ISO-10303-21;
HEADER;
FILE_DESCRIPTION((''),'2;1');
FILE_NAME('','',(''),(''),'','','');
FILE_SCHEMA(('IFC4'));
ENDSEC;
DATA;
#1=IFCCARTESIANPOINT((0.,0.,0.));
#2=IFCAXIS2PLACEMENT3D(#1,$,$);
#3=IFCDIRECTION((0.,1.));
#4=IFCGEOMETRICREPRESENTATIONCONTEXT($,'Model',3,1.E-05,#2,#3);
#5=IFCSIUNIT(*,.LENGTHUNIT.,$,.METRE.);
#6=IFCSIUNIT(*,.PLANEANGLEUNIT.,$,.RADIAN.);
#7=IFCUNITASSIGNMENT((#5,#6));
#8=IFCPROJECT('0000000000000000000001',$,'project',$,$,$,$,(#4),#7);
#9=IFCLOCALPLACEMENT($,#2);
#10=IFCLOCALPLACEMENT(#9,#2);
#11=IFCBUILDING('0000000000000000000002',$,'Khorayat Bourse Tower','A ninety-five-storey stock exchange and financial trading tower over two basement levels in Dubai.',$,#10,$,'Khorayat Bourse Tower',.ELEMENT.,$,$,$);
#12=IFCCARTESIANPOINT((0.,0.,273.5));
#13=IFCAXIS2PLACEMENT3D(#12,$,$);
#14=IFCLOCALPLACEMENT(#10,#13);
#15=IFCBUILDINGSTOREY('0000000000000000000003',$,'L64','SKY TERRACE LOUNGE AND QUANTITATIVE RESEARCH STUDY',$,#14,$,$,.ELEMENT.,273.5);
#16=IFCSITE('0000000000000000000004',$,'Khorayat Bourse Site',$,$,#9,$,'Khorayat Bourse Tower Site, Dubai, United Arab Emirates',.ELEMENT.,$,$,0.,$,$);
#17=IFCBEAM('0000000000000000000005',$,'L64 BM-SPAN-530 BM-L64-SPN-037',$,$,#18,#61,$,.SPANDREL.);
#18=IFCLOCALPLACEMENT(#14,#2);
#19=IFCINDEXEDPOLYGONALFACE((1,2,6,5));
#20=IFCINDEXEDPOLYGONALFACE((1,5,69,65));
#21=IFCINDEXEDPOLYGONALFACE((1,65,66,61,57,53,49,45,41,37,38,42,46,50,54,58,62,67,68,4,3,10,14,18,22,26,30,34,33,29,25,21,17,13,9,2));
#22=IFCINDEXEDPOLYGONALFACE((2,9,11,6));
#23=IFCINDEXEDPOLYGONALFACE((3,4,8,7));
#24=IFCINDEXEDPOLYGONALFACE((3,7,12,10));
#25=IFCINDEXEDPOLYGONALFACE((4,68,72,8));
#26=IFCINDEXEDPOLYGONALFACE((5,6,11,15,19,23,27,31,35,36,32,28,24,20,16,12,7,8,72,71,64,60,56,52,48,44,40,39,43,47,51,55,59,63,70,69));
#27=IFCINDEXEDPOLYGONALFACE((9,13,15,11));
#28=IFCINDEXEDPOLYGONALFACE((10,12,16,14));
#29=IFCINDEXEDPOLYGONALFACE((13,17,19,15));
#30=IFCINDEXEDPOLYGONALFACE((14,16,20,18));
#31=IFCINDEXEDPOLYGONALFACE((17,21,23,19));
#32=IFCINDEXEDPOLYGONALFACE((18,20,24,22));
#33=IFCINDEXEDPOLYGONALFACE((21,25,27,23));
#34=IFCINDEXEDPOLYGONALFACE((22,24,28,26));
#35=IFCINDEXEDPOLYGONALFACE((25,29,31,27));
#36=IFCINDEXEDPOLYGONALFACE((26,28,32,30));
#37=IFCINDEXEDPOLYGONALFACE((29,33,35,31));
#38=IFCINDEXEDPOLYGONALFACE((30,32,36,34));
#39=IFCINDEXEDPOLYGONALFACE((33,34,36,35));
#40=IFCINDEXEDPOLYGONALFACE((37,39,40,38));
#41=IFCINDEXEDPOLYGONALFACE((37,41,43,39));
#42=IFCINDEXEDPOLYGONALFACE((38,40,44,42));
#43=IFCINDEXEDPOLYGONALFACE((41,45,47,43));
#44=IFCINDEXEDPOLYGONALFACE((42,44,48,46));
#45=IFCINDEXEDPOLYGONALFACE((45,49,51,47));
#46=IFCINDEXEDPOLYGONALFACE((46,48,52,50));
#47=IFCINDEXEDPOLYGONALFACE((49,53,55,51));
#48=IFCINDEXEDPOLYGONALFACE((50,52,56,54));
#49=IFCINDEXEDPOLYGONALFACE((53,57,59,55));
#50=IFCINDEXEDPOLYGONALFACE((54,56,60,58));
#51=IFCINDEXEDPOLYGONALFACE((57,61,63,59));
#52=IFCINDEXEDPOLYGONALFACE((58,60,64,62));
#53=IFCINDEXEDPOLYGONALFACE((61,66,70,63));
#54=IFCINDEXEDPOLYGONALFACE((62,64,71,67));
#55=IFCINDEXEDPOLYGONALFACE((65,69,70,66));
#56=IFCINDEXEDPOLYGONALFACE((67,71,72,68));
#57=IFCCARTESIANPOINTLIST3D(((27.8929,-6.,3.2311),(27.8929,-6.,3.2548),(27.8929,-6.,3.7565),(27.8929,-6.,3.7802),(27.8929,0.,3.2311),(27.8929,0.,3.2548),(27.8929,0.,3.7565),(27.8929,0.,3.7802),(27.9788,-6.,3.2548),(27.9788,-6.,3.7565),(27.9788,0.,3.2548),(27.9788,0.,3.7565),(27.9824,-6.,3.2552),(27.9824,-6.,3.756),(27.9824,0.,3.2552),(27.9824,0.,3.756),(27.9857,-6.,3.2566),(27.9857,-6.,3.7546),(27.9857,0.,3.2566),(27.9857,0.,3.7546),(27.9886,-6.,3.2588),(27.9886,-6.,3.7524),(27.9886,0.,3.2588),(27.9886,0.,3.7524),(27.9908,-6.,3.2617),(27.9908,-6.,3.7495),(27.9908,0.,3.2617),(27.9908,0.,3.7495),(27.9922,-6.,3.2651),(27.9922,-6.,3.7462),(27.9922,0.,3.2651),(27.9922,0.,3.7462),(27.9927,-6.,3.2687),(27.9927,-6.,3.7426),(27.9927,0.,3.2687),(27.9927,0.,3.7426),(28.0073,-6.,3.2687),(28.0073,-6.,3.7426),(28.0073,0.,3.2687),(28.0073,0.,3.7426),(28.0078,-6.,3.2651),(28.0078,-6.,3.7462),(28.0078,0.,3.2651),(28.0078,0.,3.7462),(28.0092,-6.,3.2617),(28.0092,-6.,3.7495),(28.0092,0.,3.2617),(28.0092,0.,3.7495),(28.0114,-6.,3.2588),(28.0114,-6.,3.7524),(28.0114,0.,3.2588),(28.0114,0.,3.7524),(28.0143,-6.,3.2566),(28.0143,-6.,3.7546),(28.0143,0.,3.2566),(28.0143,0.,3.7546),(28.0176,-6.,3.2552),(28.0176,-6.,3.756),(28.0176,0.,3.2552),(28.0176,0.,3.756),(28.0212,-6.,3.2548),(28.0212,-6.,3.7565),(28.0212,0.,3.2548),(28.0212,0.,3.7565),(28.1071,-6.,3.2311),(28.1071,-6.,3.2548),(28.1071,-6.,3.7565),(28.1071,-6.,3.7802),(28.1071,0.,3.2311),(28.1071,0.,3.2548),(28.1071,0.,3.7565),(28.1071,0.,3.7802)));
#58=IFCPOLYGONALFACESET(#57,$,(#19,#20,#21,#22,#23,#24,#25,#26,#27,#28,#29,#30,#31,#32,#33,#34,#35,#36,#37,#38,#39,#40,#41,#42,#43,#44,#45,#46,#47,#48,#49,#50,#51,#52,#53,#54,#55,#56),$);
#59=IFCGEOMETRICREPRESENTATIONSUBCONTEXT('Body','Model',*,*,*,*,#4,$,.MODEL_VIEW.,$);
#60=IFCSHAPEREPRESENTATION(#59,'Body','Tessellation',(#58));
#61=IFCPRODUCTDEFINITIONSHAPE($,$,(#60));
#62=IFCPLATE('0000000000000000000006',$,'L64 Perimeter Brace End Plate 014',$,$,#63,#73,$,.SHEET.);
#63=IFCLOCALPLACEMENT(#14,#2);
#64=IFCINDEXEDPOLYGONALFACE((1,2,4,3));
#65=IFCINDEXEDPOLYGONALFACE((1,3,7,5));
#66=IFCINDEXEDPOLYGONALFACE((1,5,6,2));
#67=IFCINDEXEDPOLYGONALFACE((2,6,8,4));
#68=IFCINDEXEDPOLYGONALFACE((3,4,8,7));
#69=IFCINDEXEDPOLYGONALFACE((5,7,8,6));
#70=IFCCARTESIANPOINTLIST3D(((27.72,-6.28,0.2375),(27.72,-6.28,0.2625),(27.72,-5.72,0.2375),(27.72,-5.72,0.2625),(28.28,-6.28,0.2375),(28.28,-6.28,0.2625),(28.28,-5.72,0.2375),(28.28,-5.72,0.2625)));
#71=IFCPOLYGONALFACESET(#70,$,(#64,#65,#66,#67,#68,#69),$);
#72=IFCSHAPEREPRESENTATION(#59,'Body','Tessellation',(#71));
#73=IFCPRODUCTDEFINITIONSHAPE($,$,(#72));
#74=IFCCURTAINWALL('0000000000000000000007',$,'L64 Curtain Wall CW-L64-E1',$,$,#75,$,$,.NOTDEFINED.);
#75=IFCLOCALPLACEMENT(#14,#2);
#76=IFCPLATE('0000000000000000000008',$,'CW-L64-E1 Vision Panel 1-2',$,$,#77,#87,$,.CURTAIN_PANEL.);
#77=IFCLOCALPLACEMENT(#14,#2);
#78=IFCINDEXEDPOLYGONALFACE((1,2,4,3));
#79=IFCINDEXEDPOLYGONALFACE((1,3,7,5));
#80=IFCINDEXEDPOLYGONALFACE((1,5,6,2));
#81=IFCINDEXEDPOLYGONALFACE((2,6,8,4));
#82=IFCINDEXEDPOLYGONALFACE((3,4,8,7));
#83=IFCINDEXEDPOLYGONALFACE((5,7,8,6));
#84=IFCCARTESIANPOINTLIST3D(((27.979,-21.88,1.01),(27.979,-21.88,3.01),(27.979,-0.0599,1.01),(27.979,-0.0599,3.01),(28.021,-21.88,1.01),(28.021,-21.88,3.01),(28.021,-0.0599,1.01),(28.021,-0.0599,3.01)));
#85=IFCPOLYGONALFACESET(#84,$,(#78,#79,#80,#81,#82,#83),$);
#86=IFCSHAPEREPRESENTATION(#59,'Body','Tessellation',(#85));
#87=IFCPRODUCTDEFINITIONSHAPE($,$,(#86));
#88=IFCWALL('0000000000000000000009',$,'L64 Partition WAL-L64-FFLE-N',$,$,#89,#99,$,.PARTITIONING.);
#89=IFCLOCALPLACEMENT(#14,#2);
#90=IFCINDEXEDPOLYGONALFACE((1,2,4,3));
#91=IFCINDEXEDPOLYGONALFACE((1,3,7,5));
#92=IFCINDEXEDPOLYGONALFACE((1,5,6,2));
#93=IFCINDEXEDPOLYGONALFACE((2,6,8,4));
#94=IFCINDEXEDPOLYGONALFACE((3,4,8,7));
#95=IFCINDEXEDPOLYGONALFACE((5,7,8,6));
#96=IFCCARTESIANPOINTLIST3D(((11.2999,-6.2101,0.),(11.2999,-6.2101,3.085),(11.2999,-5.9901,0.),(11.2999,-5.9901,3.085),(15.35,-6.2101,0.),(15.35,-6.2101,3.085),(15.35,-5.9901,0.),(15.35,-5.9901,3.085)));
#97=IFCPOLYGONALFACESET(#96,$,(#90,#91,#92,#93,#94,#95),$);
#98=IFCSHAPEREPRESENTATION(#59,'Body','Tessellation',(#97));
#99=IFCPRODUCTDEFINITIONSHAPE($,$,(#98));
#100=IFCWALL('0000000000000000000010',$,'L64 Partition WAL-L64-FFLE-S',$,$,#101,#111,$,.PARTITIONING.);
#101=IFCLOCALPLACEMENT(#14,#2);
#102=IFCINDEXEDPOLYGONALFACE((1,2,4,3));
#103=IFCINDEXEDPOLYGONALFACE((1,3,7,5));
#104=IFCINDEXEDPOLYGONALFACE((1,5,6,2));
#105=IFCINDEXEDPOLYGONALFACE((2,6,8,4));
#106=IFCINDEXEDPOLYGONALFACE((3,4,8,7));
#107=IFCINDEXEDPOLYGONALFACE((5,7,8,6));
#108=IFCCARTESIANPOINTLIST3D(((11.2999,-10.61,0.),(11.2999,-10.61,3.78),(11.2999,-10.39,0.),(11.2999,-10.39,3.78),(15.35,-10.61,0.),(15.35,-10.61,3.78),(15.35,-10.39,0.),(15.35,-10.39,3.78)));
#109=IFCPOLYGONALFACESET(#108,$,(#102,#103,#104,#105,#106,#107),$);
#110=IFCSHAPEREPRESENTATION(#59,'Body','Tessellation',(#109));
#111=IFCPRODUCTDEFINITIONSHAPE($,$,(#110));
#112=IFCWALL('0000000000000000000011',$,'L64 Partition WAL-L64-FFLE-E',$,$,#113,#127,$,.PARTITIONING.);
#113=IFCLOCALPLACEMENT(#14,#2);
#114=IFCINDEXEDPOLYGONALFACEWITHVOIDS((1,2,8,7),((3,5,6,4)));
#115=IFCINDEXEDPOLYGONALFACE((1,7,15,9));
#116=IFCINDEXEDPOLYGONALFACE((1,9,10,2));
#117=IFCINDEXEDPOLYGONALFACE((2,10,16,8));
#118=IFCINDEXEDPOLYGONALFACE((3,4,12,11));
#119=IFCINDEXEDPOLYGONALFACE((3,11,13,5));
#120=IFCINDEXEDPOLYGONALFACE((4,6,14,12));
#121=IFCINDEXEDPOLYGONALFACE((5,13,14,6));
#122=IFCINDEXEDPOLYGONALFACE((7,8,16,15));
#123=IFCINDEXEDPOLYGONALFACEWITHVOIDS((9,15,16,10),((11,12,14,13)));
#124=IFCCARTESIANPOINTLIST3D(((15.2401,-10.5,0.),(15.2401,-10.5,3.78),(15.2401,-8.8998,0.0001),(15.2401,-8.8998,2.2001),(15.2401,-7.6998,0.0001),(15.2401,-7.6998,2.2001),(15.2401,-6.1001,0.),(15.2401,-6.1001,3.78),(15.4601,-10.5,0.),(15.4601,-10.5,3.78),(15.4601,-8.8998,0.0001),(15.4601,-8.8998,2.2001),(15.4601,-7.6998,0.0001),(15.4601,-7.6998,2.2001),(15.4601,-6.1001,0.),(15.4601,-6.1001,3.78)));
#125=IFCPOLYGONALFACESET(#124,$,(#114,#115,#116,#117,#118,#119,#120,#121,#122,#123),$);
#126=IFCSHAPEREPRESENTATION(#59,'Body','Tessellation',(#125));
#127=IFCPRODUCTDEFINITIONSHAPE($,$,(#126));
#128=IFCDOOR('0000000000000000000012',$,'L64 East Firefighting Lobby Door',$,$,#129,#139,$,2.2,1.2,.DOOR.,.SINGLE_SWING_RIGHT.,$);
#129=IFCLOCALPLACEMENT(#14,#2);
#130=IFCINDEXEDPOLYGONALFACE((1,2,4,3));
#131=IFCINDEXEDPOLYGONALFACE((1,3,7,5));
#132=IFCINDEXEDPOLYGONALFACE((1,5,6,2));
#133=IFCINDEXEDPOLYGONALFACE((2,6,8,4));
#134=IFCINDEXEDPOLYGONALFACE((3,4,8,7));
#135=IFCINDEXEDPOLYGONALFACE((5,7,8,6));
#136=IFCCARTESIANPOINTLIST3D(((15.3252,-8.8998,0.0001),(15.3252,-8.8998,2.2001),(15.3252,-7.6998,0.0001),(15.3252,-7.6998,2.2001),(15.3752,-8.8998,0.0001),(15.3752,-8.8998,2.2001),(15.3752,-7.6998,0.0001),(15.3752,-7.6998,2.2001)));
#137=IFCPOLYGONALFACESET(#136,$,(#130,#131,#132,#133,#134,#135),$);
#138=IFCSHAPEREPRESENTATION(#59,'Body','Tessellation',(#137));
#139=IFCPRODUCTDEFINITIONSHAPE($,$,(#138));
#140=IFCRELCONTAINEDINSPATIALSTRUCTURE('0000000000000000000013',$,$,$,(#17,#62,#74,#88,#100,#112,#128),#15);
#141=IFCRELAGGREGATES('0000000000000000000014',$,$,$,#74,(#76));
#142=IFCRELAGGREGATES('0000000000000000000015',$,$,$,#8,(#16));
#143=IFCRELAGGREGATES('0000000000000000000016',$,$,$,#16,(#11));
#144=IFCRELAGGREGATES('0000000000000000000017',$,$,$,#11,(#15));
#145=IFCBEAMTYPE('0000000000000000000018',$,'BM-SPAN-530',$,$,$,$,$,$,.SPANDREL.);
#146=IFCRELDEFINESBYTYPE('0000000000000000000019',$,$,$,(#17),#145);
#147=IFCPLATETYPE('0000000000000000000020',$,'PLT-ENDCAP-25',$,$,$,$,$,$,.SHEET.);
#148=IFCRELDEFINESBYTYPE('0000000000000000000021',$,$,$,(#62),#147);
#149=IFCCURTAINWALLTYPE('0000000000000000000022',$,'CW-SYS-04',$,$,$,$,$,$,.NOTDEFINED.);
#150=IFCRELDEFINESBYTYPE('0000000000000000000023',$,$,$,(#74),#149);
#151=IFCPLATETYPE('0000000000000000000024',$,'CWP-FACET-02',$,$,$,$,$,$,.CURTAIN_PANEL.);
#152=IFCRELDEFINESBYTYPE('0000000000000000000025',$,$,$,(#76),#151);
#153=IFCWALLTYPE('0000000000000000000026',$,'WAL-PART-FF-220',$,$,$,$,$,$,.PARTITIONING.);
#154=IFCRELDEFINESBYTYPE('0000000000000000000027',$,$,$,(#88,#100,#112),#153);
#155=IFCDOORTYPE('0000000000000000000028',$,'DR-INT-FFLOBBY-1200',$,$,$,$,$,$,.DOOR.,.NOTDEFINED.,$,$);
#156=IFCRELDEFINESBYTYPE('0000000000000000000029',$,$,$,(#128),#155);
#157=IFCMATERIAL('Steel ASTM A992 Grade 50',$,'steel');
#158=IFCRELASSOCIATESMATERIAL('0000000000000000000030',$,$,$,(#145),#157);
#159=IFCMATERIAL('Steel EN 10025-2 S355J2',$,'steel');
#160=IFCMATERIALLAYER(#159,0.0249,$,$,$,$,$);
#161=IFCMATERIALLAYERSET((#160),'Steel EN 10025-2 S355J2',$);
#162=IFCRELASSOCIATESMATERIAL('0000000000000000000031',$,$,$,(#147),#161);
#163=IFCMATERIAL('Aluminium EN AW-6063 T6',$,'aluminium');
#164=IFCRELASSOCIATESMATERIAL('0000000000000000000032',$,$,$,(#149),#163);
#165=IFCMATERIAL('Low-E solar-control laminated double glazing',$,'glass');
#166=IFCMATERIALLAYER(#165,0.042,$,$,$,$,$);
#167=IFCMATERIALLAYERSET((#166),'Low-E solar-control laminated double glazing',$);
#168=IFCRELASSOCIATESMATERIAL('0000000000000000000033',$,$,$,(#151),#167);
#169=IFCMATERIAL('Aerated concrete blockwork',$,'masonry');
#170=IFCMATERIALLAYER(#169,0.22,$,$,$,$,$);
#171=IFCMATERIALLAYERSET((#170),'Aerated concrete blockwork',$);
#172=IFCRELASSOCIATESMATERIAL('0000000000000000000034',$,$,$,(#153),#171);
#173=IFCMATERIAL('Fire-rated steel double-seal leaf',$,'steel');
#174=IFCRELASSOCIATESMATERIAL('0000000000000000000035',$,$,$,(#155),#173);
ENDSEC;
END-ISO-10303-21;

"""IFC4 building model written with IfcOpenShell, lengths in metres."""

from ifc_helpers import new_model, si_unit, direction, frame, frame_2d, origin, origin_2d, place, context, subcontext, project, spatial, rectangle, i_section, extrude, source, transform, mapped, material, layer, layer_set, material_profile, profile_set, type_object, element, fill, aggregate, save


model = new_model("IFC4")

# Units and contexts
model_context = context("Model", 3, precision=1e-05, world=origin(), true_north=direction((0.0, 1.0)))
body_context = subcontext(model_context, "Body", "Model", "MODEL_VIEW")
ifc_project = project(units=[si_unit("LENGTHUNIT", "METRE"), si_unit("PLANEANGLEUNIT", "RADIAN")], contexts=[model_context])

# Site, building, storey
site_placement = place(None, origin())
site = spatial("IfcSite", under=ifc_project, at=site_placement, Name="Khorayat Bourse Site", LongName="Khorayat Bourse Tower Site, Dubai, United Arab Emirates", CompositionType="ELEMENT", RefElevation=0.0)
building_placement = place(site_placement, origin())
building = spatial("IfcBuilding", under=site, at=building_placement, Name="Khorayat Bourse Tower", Description="A ninety-five-storey stock exchange and financial trading tower over two basement levels in Dubai.", LongName="Khorayat Bourse Tower", CompositionType="ELEMENT")
storey_placement = place(building_placement, frame((0.0, 0.0, 273.5)))
storey = spatial("IfcBuildingStorey", under=building, at=storey_placement, Name="L64", Description="SKY TERRACE LOUNGE AND QUANTITATIVE RESEARCH STUDY", CompositionType="ELEMENT", Elevation=273.5)

# Beam
ifc_material_1 = material(Name="Steel ASTM A992 Grade 50", Category="steel")
ifc_material_profile_1 = material_profile(ifc_material_1, i_section(OverallWidth=0.2141, OverallDepth=0.5491, WebThickness=0.0146, FlangeThickness=0.0237, FilletRadius=0.0139, at=origin_2d()), Name="W530X138")
ifc_profile_set_1 = profile_set([ifc_material_profile_1], Name="Steel ASTM A992 Grade 50")
beam_type_1 = type_object("IfcBeamType", Name="BM-SPAN-530", PredefinedType="SPANDREL", material=ifc_profile_set_1)
shared_shape_1 = source(origin(), body_context, "Body", "SweptSolid", [
    extrude(i_section(OverallWidth=0.2141, OverallDepth=0.5491, WebThickness=0.0146, FlangeThickness=0.0237, FilletRadius=0.0139, at=origin_2d()), origin(), (0.0, 0.0, 1.0), 6.0),
])
beam_1_placement = place(storey_placement, frame((28.0, -6.0, 3.5056), z_axis=(0.0, 1.0, 0.0), x_axis=(-1.0, 0.0, 0.0)))
element("IfcBeam", 1, at=beam_1_placement, inside=storey, type_object=beam_type_1, Name="L64 BM-SPAN-530 BM-L64-SPN-037", PredefinedType="SPANDREL", context=body_context, shape_type="MappedRepresentation", body=[
    mapped(shared_shape_1, transform((0.0, 0.0, 0.0), scale=1.0)),
])

# Plate
ifc_material_2 = material(Name="Steel EN 10025-2 S355J2", Category="steel")
ifc_layer_1 = layer(ifc_material_2, 0.0249)
ifc_layer_set_1 = layer_set([ifc_layer_1], Name="Steel EN 10025-2 S355J2")
plate_type_1 = type_object("IfcPlateType", Name="PLT-ENDCAP-25", PredefinedType="SHEET", material=ifc_layer_set_1)
shared_shape_2 = source(origin(), body_context, "Body", "SweptSolid", [
    extrude(rectangle(XDim=0.5601, YDim=0.5601, at=origin_2d()), origin(), (0.0, 0.0, 1.0), 0.0249),
])
plate_1_placement = place(storey_placement, frame((28.0, -6.0, 0.2375), z_axis=(0.0, 0.0, 1.0), x_axis=(1.0, 0.0, 0.0)))
element("IfcPlate", 2, at=plate_1_placement, inside=storey, type_object=plate_type_1, Name="L64 Perimeter Brace End Plate 014", PredefinedType="SHEET", context=body_context, shape_type="MappedRepresentation", body=[
    mapped(shared_shape_2, transform((0.0, 0.0, 0.0), scale=1.0)),
])

# Curtain wall, plate
ifc_material_3 = material(Name="Aluminium EN AW-6063 T6", Category="aluminium")
curtain_wall_type = type_object("IfcCurtainWallType", Name="CW-SYS-04", PredefinedType="NOTDEFINED", material=ifc_material_3)
curtain_wall_placement = place(storey_placement, origin())
curtain_wall = element("IfcCurtainWall", 3, at=curtain_wall_placement, inside=storey, type_object=curtain_wall_type, Name="L64 Curtain Wall CW-L64-E1", PredefinedType="NOTDEFINED")
ifc_material_4 = material(Name="Low-E solar-control laminated double glazing", Category="glass")
ifc_layer_2 = layer(ifc_material_4, 0.042)
ifc_layer_set_2 = layer_set([ifc_layer_2], Name="Low-E solar-control laminated double glazing")
plate_type_2 = type_object("IfcPlateType", Name="CWP-FACET-02", PredefinedType="CURTAIN_PANEL", material=ifc_layer_set_2)
shared_shape_3 = source(origin(), body_context, "Body", "SweptSolid", [
    extrude(rectangle(XDim=21.8201, YDim=0.042, at=origin_2d()), origin(), (0.0, 0.0, 1.0), 2.0),
])
plate_2_placement = place(storey_placement, frame((28.0, -10.97, 1.01), z_axis=(0.0, 0.0, 1.0), x_axis=(0.0, 1.0, 0.0)))
plate_2 = element("IfcPlate", 4, at=plate_2_placement, type_object=plate_type_2, Name="CW-L64-E1 Vision Panel 1-2", PredefinedType="CURTAIN_PANEL", context=body_context, shape_type="MappedRepresentation", body=[
    mapped(shared_shape_3, transform((0.0, 0.0, 0.0), scale=1.0)),
])
aggregate(curtain_wall, [plate_2])

# Walls
ifc_material_5 = material(Name="Aerated concrete blockwork", Category="masonry")
ifc_layer_3 = layer(ifc_material_5, 0.22)
ifc_layer_set_3 = layer_set([ifc_layer_3], Name="Aerated concrete blockwork")
wall_type_1 = type_object("IfcWallType", Name="WAL-PART-FF-220", PredefinedType="PARTITIONING", material=ifc_layer_set_3)
shared_shape_4 = source(origin(), body_context, "Body", "SweptSolid", [
    extrude(rectangle(XDim=4.05, YDim=0.22, at=frame_2d((2.0249, 0.0))), origin(), (0.0, 0.0, 1.0), 3.085),
])
wall_1_placement = place(storey_placement, frame((11.3, -6.1001, 0.0), z_axis=(0.0, 0.0, 1.0), x_axis=(1.0, 0.0, 0.0)))
element("IfcWall", 5, at=wall_1_placement, inside=storey, type_object=wall_type_1, Name="L64 Partition WAL-L64-FFLE-N", PredefinedType="PARTITIONING", context=body_context, shape_type="MappedRepresentation", body=[
    mapped(shared_shape_4, transform((0.0, 0.0, 0.0), scale=1.0)),
])
shared_shape_5 = source(origin(), body_context, "Body", "SweptSolid", [
    extrude(rectangle(XDim=4.05, YDim=0.22, at=frame_2d((2.0249, 0.0))), origin(), (0.0, 0.0, 1.0), 3.78),
])
wall_2_placement = place(storey_placement, frame((11.3, -10.5, 0.0), z_axis=(0.0, 0.0, 1.0), x_axis=(1.0, 0.0, 0.0)))
element("IfcWall", 6, at=wall_2_placement, inside=storey, type_object=wall_type_1, Name="L64 Partition WAL-L64-FFLE-S", PredefinedType="PARTITIONING", context=body_context, shape_type="MappedRepresentation", body=[
    mapped(shared_shape_5, transform((0.0, 0.0, 0.0), scale=1.0)),
])

# Wall, opening, door
shared_shape_6 = source(origin(), body_context, "Body", "SweptSolid", [
    extrude(rectangle(XDim=4.3999, YDim=0.22, at=frame_2d((2.2, 0.0))), origin(), (0.0, 0.0, 1.0), 3.78),
])
wall_3_placement = place(storey_placement, frame((15.3501, -10.5, 0.0), z_axis=(0.0, 0.0, 1.0), x_axis=(0.0, 1.0, 0.0)))
wall_3 = element("IfcWall", 7, at=wall_3_placement, inside=storey, type_object=wall_type_1, Name="L64 Partition WAL-L64-FFLE-E", PredefinedType="PARTITIONING", context=body_context, shape_type="MappedRepresentation", body=[
    mapped(shared_shape_6, transform((0.0, 0.0, 0.0), scale=1.0)),
])
shared_shape_7 = source(origin(), body_context, "Body", "SweptSolid", [
    extrude(rectangle(XDim=1.2, YDim=2.2, at=frame_2d((0.6001, 1.1001))), frame((0.0, 0.1199, 0.0), z_axis=(0.0, -1.0, 0.0), x_axis=(1.0, 0.0, 0.0)), (0.0, 0.0, 1.0), 0.24),
])
opening_1_placement = place(wall_3_placement, frame((1.6001, 0.0, 0.0)))
opening_1 = element("IfcOpeningElement", 8, at=opening_1_placement, cuts=wall_3, PredefinedType="OPENING", context=body_context, shape_type="MappedRepresentation", body=[
    mapped(shared_shape_7, transform((0.0, 0.0, 0.0), scale=1.0)),
])
ifc_material_6 = material(Name="Fire-rated steel double-seal leaf", Category="steel")
door_type_1 = type_object("IfcDoorType", Name="DR-INT-FFLOBBY-1200", OperationType="NOTDEFINED", PredefinedType="DOOR", material=ifc_material_6)
shared_shape_8 = source(origin(), body_context, "Body", "SweptSolid", [
    extrude(rectangle(XDim=1.2, YDim=2.2, at=frame_2d((0.6001, 1.1001))), frame((0.0, 0.0249, 0.0), z_axis=(0.0, -1.0, 0.0), x_axis=(1.0, 0.0, 0.0)), (0.0, 0.0, 1.0), 0.05),
])
door_1_placement = place(opening_1_placement, origin())
door_1 = element("IfcDoor", 9, at=door_1_placement, inside=storey, type_object=door_type_1, Name="L64 East Firefighting Lobby Door", OperationType="SINGLE_SWING_RIGHT", OverallHeight=2.2, OverallWidth=1.2, PredefinedType="DOOR", context=body_context, shape_type="MappedRepresentation", body=[
    mapped(shared_shape_8, transform((0.0, 0.0, 0.0), scale=1.0)),
])
fill(opening_1, door_1)

save(model, "model.ifc")
